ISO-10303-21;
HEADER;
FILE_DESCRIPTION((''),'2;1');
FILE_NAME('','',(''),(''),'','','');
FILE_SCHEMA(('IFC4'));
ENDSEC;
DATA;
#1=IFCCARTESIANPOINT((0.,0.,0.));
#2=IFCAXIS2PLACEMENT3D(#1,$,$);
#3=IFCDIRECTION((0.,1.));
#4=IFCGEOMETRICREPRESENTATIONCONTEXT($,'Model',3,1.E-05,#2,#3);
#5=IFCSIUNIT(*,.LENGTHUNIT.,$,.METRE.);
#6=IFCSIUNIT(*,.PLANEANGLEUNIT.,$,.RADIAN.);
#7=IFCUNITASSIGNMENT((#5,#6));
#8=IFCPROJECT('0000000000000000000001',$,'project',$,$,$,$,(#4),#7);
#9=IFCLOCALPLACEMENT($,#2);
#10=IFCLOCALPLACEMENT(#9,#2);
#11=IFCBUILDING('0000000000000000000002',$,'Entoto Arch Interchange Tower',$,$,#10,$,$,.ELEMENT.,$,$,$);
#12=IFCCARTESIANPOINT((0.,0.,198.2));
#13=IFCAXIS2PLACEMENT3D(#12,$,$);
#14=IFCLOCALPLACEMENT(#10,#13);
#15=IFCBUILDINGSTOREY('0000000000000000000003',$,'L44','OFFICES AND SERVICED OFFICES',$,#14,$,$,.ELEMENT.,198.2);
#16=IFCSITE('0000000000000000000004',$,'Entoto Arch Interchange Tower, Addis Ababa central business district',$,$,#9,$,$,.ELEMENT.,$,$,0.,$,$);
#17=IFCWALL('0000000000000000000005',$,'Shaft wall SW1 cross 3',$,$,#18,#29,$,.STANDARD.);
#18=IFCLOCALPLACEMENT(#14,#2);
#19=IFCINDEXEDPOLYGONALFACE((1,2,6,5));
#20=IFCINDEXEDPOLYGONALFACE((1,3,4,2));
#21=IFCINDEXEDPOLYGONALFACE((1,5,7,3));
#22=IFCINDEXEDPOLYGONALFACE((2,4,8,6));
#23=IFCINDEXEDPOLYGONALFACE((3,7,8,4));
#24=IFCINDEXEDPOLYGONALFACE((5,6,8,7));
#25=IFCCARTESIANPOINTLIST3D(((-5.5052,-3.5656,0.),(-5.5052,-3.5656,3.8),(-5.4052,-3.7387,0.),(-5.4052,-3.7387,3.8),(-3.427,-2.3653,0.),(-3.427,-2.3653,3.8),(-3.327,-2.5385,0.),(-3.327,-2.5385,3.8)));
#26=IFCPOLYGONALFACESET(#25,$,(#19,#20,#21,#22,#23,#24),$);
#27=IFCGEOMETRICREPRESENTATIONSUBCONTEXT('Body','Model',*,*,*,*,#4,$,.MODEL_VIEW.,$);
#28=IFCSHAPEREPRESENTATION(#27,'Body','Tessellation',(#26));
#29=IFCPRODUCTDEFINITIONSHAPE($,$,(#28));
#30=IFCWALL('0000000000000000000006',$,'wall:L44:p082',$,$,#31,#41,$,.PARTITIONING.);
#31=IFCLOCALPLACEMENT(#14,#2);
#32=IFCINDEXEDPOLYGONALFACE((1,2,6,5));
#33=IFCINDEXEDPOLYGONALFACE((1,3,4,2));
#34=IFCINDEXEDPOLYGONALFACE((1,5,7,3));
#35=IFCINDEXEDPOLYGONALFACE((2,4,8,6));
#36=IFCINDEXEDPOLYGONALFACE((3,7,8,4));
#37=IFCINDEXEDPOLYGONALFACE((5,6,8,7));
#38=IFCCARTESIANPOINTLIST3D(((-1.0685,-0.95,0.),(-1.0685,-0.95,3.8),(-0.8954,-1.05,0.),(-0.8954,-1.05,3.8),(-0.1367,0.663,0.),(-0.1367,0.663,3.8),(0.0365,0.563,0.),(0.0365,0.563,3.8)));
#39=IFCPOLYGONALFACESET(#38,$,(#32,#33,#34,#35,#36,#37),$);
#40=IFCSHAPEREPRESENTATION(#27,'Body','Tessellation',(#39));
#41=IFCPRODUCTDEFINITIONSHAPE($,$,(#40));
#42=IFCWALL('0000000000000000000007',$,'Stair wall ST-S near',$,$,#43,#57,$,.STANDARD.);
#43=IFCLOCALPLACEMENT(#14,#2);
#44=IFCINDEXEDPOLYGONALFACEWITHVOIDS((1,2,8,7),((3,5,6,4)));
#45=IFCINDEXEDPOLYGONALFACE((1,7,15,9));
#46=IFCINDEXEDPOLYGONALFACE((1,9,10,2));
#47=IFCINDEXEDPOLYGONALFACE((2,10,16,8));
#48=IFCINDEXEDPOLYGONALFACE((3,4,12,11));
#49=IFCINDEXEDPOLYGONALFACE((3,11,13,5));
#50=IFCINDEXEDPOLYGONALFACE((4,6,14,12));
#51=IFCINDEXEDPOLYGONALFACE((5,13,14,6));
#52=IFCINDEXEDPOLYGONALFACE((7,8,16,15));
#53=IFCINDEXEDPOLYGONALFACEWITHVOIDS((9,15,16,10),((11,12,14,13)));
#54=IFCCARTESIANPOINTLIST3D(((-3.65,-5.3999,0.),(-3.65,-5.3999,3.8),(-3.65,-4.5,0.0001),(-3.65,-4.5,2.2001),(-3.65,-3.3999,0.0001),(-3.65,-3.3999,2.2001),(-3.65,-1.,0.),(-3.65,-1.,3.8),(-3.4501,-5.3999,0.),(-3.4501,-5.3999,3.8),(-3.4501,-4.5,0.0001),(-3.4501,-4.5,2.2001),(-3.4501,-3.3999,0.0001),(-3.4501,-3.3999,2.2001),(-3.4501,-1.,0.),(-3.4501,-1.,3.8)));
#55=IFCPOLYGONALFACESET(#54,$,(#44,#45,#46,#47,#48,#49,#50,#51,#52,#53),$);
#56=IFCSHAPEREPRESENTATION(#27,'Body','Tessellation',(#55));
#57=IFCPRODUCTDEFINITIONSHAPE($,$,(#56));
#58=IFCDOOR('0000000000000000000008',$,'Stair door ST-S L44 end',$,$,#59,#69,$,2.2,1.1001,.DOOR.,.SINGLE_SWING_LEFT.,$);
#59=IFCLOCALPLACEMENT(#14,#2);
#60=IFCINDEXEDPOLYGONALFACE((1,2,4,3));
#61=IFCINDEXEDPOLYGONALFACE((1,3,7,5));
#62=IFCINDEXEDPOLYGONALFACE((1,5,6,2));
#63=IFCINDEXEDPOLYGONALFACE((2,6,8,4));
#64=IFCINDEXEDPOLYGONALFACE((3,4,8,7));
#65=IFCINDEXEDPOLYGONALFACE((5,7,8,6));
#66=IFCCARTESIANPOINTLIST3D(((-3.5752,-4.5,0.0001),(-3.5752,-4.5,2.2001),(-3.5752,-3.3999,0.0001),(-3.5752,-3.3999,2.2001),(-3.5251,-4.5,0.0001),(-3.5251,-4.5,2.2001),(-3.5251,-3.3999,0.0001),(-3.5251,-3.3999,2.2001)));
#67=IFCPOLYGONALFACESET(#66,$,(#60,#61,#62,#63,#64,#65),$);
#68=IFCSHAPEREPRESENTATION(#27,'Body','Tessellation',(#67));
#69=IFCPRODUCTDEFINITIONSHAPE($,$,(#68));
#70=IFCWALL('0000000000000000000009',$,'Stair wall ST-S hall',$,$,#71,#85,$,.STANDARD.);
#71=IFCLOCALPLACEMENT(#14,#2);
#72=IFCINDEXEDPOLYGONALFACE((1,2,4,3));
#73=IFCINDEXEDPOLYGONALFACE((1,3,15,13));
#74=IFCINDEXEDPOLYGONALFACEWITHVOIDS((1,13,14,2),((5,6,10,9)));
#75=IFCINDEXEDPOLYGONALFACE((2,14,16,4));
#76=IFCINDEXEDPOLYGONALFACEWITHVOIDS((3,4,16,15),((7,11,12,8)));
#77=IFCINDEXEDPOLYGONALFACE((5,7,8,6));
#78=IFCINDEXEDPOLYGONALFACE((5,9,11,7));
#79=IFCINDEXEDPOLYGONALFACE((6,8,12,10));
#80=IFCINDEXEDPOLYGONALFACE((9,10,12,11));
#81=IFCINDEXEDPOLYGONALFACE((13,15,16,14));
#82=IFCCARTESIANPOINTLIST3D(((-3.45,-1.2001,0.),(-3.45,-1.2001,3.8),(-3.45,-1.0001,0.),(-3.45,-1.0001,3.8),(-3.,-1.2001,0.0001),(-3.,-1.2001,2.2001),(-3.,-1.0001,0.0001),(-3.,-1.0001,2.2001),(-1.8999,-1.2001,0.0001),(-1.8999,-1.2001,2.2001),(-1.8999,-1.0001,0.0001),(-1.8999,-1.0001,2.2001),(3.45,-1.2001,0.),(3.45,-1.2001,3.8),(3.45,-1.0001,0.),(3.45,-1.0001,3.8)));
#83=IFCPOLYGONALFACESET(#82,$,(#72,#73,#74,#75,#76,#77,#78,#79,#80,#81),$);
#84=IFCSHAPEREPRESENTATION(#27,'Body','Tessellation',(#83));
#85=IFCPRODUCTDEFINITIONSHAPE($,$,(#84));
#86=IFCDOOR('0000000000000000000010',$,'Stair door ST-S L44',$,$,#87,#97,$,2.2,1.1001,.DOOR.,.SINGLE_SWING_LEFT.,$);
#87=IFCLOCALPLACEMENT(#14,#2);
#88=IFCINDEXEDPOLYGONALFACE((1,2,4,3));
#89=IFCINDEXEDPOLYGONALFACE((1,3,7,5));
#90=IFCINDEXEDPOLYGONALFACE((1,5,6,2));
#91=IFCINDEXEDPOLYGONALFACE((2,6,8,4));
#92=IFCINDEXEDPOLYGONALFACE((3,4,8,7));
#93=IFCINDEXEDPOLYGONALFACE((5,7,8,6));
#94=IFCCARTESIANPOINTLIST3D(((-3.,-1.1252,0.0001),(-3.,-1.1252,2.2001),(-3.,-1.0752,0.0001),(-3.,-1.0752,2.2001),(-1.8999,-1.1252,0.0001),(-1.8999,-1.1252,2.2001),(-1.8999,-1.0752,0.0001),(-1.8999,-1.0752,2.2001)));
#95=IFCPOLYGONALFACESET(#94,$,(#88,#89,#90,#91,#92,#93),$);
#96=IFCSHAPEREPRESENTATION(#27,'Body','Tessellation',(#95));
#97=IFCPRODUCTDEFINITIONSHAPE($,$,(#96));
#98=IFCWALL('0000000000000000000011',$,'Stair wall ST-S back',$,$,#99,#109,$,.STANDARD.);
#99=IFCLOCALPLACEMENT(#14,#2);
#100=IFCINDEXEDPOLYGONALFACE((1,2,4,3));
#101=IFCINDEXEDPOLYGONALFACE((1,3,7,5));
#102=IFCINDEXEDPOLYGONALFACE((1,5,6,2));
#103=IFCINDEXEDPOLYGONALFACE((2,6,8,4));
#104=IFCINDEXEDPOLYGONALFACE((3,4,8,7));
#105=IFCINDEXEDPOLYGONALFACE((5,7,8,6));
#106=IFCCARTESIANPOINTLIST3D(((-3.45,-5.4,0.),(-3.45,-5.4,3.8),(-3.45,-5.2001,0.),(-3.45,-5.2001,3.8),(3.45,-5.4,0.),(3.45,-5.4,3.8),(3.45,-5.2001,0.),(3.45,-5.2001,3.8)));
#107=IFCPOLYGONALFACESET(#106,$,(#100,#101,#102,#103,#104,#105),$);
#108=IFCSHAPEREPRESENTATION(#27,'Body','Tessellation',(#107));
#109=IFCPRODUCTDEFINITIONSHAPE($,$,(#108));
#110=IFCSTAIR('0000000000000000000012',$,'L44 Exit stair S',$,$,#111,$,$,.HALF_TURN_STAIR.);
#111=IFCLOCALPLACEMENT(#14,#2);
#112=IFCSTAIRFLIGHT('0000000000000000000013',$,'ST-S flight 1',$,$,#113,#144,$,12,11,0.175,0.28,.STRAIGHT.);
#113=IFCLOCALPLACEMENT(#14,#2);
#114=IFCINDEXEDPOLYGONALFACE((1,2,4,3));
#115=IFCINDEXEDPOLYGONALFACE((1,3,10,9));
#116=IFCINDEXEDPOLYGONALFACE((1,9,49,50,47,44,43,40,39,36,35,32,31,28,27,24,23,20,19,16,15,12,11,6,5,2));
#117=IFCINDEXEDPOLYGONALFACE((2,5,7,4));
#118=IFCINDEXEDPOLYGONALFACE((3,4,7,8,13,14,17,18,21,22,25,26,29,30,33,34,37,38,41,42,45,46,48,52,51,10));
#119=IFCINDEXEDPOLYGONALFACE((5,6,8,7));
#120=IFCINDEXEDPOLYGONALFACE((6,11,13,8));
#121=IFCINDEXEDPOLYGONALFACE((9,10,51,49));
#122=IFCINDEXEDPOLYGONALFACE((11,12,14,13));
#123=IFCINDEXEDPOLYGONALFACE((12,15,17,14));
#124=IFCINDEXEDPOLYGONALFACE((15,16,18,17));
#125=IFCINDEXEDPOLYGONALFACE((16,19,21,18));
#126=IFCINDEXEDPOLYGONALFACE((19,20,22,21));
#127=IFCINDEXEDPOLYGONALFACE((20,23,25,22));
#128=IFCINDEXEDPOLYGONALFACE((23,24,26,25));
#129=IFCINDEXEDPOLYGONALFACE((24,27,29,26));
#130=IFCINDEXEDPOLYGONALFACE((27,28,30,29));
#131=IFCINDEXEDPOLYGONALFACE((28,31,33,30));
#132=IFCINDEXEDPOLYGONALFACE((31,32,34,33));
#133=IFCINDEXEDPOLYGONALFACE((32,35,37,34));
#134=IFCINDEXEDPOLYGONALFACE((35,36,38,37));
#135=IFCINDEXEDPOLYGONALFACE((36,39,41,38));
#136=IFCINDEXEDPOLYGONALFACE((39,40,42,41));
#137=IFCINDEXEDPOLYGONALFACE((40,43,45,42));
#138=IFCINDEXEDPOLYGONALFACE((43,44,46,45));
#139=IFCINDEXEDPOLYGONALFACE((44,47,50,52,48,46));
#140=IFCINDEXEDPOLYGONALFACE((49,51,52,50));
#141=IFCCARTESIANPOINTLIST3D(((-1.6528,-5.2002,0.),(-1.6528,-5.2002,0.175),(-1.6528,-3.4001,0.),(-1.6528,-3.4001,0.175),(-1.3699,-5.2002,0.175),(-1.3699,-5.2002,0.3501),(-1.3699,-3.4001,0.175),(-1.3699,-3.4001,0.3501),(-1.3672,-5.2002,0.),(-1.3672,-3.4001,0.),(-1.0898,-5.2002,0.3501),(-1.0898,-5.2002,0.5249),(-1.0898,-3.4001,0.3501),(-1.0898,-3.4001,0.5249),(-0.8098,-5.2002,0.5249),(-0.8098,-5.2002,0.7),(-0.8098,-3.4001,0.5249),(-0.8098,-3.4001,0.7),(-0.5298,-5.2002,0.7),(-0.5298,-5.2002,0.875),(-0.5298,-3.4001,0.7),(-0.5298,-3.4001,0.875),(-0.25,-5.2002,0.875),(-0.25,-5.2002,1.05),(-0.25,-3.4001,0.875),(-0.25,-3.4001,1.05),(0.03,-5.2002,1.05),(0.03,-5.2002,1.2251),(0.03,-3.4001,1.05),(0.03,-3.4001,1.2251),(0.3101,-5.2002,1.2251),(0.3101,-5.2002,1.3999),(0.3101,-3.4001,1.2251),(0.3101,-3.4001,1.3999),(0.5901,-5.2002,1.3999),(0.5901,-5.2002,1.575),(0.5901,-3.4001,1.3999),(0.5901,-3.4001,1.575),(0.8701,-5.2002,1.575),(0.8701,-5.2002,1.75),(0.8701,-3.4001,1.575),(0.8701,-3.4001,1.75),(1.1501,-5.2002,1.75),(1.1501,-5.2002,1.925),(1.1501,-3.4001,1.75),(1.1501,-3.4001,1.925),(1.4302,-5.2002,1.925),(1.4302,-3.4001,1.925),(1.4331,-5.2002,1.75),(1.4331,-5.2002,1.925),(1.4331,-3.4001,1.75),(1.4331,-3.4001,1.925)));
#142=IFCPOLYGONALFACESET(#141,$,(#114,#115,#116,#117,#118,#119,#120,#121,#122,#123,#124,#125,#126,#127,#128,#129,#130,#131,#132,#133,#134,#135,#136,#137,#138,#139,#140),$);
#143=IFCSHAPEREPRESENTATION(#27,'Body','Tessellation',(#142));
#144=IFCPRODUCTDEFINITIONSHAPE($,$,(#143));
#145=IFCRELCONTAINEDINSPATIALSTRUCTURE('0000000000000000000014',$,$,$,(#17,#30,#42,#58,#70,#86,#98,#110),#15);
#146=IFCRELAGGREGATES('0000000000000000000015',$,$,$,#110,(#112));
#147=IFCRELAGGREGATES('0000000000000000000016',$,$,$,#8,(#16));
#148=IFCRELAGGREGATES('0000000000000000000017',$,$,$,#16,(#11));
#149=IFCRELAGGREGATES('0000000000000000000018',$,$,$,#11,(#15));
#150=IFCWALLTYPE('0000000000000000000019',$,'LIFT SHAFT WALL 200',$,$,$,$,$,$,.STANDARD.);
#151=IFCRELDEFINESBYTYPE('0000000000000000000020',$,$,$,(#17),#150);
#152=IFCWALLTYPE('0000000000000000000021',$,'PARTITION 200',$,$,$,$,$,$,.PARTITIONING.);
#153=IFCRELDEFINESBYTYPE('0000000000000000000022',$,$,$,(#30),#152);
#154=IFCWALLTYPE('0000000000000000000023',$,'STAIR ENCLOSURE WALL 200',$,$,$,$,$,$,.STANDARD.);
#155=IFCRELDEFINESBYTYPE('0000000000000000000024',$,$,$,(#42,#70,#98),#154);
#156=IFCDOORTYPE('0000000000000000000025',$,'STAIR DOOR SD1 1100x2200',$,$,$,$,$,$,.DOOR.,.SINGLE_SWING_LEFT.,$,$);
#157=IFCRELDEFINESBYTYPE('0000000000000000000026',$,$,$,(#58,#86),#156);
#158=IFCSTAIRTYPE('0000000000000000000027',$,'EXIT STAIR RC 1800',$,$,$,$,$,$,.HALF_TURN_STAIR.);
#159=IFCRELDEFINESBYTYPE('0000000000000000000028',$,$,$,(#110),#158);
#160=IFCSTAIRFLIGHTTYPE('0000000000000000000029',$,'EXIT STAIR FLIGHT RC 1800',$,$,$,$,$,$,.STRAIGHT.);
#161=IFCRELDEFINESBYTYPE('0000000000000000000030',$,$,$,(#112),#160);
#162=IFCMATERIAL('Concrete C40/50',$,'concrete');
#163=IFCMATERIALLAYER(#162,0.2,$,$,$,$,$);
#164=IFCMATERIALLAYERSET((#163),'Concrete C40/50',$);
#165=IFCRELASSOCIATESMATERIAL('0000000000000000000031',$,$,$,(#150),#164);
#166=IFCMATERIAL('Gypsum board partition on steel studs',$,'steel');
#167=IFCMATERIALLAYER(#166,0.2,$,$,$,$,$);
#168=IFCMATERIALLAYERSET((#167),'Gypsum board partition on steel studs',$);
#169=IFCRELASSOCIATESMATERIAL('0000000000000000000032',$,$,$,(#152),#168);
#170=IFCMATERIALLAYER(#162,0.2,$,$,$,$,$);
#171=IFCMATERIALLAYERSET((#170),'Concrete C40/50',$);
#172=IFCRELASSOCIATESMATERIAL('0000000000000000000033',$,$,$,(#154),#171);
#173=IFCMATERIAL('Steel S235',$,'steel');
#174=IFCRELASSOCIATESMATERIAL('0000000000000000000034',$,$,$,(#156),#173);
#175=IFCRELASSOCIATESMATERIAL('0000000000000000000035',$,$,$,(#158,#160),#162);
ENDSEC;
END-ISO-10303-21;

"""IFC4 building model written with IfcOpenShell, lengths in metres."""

from ifc_helpers import new_model, si_unit, direction, frame, frame_2d, origin, place, context, subcontext, project, spatial, polyline, rectangle, outline, extrude, material, layer, layer_set, type_object, element, fill, aggregate, save


model = new_model("IFC4")

# Units and contexts
model_context = context("Model", 3, precision=1e-05, world=origin(), true_north=direction((0.0, 1.0)))
body_context = subcontext(model_context, "Body", "Model", "MODEL_VIEW")
ifc_project = project(units=[si_unit("LENGTHUNIT", "METRE"), si_unit("PLANEANGLEUNIT", "RADIAN")], contexts=[model_context])

# Site, building, storey
site_placement = place(None, origin())
site = spatial("IfcSite", under=ifc_project, at=site_placement, Name="Entoto Arch Interchange Tower, Addis Ababa central business district", CompositionType="ELEMENT", RefElevation=0.0)
building_placement = place(site_placement, origin())
building = spatial("IfcBuilding", under=site, at=building_placement, Name="Entoto Arch Interchange Tower", CompositionType="ELEMENT")
storey_placement = place(building_placement, frame((0.0, 0.0, 198.2)))
storey = spatial("IfcBuildingStorey", under=building, at=storey_placement, Name="L44", Description="OFFICES AND SERVICED OFFICES", CompositionType="ELEMENT", Elevation=198.2)

# Shared definitions
ifc_material_1 = material(Name="Concrete C40/50", Category="concrete")

# Walls
ifc_layer_1 = layer(ifc_material_1, 0.2)
ifc_layer_set_1 = layer_set([ifc_layer_1], Name="Concrete C40/50")
wall_type_1 = type_object("IfcWallType", Name="LIFT SHAFT WALL 200", PredefinedType="STANDARD", material=ifc_layer_set_1)
wall_1_placement = place(storey_placement, frame((-3.377, -2.4519, 0.0), z_axis=(0.0, 0.0, 1.0), x_axis=(-0.865955, -0.500122, 0.0)))
element("IfcWall", 1, at=wall_1_placement, inside=storey, type_object=wall_type_1, Name="Shaft wall SW1 cross 3", PredefinedType="STANDARD", context=body_context, shape_type="SweptSolid", body=[
    extrude(rectangle(XDim=2.3999, YDim=0.2, at=frame_2d((1.2, 0.0))), origin(), (0.0, 0.0, 1.0), 3.8),
])
ifc_material_2 = material(Name="Gypsum board partition on steel studs", Category="steel")
ifc_layer_2 = layer(ifc_material_2, 0.2)
ifc_layer_set_2 = layer_set([ifc_layer_2], Name="Gypsum board partition on steel studs")
wall_type_2 = type_object("IfcWallType", Name="PARTITION 200", PredefinedType="PARTITIONING", material=ifc_layer_set_2)
wall_2_placement = place(storey_placement, frame((-0.9819, -1.0, 0.0), z_axis=(0.0, 0.0, 1.0), x_axis=(0.50024, 0.865887, 0.0)))
element("IfcWall", 2, at=wall_2_placement, inside=storey, type_object=wall_type_2, Name="wall:L44:p082", PredefinedType="PARTITIONING", context=body_context, shape_type="SweptSolid", body=[
    extrude(rectangle(XDim=1.8628, YDim=0.2, at=frame_2d((0.9314, 0.0))), origin(), (0.0, 0.0, 1.0), 3.8),
])

# Walls, openings, doors
ifc_layer_3 = layer(ifc_material_1, 0.2)
ifc_layer_set_3 = layer_set([ifc_layer_3], Name="Concrete C40/50")
wall_type_3 = type_object("IfcWallType", Name="STAIR ENCLOSURE WALL 200", PredefinedType="STANDARD", material=ifc_layer_set_3)
wall_3_placement = place(storey_placement, frame((-3.55, -1.0, 0.0), z_axis=(0.0, 0.0, 1.0), x_axis=(0.0, -1.0, 0.0)))
wall_3 = element("IfcWall", 3, at=wall_3_placement, inside=storey, type_object=wall_type_3, Name="Stair wall ST-S near", PredefinedType="STANDARD", context=body_context, shape_type="SweptSolid", body=[
    extrude(rectangle(XDim=4.3999, YDim=0.2, at=frame_2d((2.2, 0.0))), origin(), (0.0, 0.0, 1.0), 3.8),
])
opening_1_placement = place(wall_3_placement, frame((2.3999, 0.0, 0.0)))
opening_1 = element("IfcOpeningElement", 4, at=opening_1_placement, cuts=wall_3, PredefinedType="OPENING", context=body_context, shape_type="SweptSolid", body=[
    extrude(rectangle(XDim=1.1001, YDim=2.2, at=frame_2d((0.55, 1.1001))), frame((0.0, 0.1099, 0.0), z_axis=(0.0, -1.0, 0.0), x_axis=(1.0, 0.0, 0.0)), (0.0, 0.0, 1.0), 0.22),
])
ifc_material_3 = material(Name="Steel S235", Category="steel")
door_type = type_object("IfcDoorType", Name="STAIR DOOR SD1 1100x2200", OperationType="SINGLE_SWING_LEFT", PredefinedType="DOOR", material=ifc_material_3)
door_1_placement = place(opening_1_placement, origin())
door_1 = element("IfcDoor", 5, at=door_1_placement, inside=storey, type_object=door_type, Name="Stair door ST-S L44 end", OperationType="SINGLE_SWING_LEFT", OverallHeight=2.2, OverallWidth=1.1001, PredefinedType="DOOR", context=body_context, shape_type="SweptSolid", body=[
    extrude(rectangle(XDim=1.1001, YDim=2.2, at=frame_2d((0.55, 1.1001))), frame((0.0, 0.0249, 0.0), z_axis=(0.0, -1.0, 0.0), x_axis=(1.0, 0.0, 0.0)), (0.0, 0.0, 1.0), 0.05),
])
fill(opening_1, door_1)
wall_4_placement = place(storey_placement, frame((-3.45, -1.1001, 0.0), z_axis=(0.0, 0.0, 1.0), x_axis=(1.0, 0.0, 0.0)))
wall_4 = element("IfcWall", 6, at=wall_4_placement, inside=storey, type_object=wall_type_3, Name="Stair wall ST-S hall", PredefinedType="STANDARD", context=body_context, shape_type="SweptSolid", body=[
    extrude(rectangle(XDim=6.8999, YDim=0.2, at=frame_2d((3.45, 0.0))), origin(), (0.0, 0.0, 1.0), 3.8),
])
opening_2_placement = place(wall_4_placement, frame((0.45, 0.0, 0.0)))
opening_2 = element("IfcOpeningElement", 7, at=opening_2_placement, cuts=wall_4, PredefinedType="OPENING", context=body_context, shape_type="SweptSolid", body=[
    extrude(rectangle(XDim=1.1001, YDim=2.2, at=frame_2d((0.55, 1.1001))), frame((0.0, 0.1099, 0.0), z_axis=(0.0, -1.0, 0.0), x_axis=(1.0, 0.0, 0.0)), (0.0, 0.0, 1.0), 0.22),
])
door_2_placement = place(opening_2_placement, origin())
door_2 = element("IfcDoor", 8, at=door_2_placement, inside=storey, type_object=door_type, Name="Stair door ST-S L44", OperationType="SINGLE_SWING_LEFT", OverallHeight=2.2, OverallWidth=1.1001, PredefinedType="DOOR", context=body_context, shape_type="SweptSolid", body=[
    extrude(rectangle(XDim=1.1001, YDim=2.2, at=frame_2d((0.55, 1.1001))), frame((0.0, 0.0249, 0.0), z_axis=(0.0, -1.0, 0.0), x_axis=(1.0, 0.0, 0.0)), (0.0, 0.0, 1.0), 0.05),
])
fill(opening_2, door_2)

# Wall
wall_5_placement = place(storey_placement, frame((-3.45, -5.3, 0.0), z_axis=(0.0, 0.0, 1.0), x_axis=(1.0, 0.0, 0.0)))
element("IfcWall", 9, at=wall_5_placement, inside=storey, type_object=wall_type_3, Name="Stair wall ST-S back", PredefinedType="STANDARD", context=body_context, shape_type="SweptSolid", body=[
    extrude(rectangle(XDim=6.8999, YDim=0.2, at=frame_2d((3.45, 0.0))), origin(), (0.0, 0.0, 1.0), 3.8),
])

# Stair, stair flight
stair_type = type_object("IfcStairType", Name="EXIT STAIR RC 1800", PredefinedType="HALF_TURN_STAIR", material=ifc_material_1)
stair_placement = place(storey_placement, origin())
stair = element("IfcStair", 10, at=stair_placement, inside=storey, type_object=stair_type, Name="L44 Exit stair S", PredefinedType="HALF_TURN_STAIR")
stair_flight_type = type_object("IfcStairFlightType", Name="EXIT STAIR FLIGHT RC 1800", PredefinedType="STRAIGHT", material=ifc_material_1)
stair_flight_placement = place(storey_placement, frame((-1.6499, -4.3, 0.0), z_axis=(0.0, 0.0, 1.0), x_axis=(1.0, 0.0, 0.0)))
stair_flight = element("IfcStairFlight", 11, at=stair_flight_placement, type_object=stair_flight_type, Name="ST-S flight 1", NumberOfRisers=12, NumberOfTreads=11, PredefinedType="STRAIGHT", RiserHeight=0.175, TreadLength=0.28, context=body_context, shape_type="SweptSolid", body=[
    extrude(outline(polyline([(-0.0029, 0.0), (-0.0029, 0.175), (0.28, 0.175), (0.28, 0.3501), (0.5601, 0.3501), (0.5601, 0.5249), (0.8401, 0.5249), (0.8401, 0.7), (1.1201, 0.7), (1.1201, 0.875), (1.3999, 0.875), (1.3999, 1.05), (1.6799, 1.05), (1.6799, 1.2251), (1.96, 1.2251), (1.96, 1.3999), (2.24, 1.3999), (2.24, 1.575), (2.52, 1.575), (2.52, 1.75), (2.8, 1.75), (2.8, 1.925), (3.0801, 1.925), (3.083, 1.925), (3.083, 1.75), (0.2827, 0.0), (-0.0029, 0.0)])), frame((0.0, 0.8999, 0.0), z_axis=(0.0, -1.0, 0.0), x_axis=(1.0, 0.0, 0.0)), (0.0, 0.0, 1.0), 1.8),
])
aggregate(stair, [stair_flight])

save(model, "model.ifc")
